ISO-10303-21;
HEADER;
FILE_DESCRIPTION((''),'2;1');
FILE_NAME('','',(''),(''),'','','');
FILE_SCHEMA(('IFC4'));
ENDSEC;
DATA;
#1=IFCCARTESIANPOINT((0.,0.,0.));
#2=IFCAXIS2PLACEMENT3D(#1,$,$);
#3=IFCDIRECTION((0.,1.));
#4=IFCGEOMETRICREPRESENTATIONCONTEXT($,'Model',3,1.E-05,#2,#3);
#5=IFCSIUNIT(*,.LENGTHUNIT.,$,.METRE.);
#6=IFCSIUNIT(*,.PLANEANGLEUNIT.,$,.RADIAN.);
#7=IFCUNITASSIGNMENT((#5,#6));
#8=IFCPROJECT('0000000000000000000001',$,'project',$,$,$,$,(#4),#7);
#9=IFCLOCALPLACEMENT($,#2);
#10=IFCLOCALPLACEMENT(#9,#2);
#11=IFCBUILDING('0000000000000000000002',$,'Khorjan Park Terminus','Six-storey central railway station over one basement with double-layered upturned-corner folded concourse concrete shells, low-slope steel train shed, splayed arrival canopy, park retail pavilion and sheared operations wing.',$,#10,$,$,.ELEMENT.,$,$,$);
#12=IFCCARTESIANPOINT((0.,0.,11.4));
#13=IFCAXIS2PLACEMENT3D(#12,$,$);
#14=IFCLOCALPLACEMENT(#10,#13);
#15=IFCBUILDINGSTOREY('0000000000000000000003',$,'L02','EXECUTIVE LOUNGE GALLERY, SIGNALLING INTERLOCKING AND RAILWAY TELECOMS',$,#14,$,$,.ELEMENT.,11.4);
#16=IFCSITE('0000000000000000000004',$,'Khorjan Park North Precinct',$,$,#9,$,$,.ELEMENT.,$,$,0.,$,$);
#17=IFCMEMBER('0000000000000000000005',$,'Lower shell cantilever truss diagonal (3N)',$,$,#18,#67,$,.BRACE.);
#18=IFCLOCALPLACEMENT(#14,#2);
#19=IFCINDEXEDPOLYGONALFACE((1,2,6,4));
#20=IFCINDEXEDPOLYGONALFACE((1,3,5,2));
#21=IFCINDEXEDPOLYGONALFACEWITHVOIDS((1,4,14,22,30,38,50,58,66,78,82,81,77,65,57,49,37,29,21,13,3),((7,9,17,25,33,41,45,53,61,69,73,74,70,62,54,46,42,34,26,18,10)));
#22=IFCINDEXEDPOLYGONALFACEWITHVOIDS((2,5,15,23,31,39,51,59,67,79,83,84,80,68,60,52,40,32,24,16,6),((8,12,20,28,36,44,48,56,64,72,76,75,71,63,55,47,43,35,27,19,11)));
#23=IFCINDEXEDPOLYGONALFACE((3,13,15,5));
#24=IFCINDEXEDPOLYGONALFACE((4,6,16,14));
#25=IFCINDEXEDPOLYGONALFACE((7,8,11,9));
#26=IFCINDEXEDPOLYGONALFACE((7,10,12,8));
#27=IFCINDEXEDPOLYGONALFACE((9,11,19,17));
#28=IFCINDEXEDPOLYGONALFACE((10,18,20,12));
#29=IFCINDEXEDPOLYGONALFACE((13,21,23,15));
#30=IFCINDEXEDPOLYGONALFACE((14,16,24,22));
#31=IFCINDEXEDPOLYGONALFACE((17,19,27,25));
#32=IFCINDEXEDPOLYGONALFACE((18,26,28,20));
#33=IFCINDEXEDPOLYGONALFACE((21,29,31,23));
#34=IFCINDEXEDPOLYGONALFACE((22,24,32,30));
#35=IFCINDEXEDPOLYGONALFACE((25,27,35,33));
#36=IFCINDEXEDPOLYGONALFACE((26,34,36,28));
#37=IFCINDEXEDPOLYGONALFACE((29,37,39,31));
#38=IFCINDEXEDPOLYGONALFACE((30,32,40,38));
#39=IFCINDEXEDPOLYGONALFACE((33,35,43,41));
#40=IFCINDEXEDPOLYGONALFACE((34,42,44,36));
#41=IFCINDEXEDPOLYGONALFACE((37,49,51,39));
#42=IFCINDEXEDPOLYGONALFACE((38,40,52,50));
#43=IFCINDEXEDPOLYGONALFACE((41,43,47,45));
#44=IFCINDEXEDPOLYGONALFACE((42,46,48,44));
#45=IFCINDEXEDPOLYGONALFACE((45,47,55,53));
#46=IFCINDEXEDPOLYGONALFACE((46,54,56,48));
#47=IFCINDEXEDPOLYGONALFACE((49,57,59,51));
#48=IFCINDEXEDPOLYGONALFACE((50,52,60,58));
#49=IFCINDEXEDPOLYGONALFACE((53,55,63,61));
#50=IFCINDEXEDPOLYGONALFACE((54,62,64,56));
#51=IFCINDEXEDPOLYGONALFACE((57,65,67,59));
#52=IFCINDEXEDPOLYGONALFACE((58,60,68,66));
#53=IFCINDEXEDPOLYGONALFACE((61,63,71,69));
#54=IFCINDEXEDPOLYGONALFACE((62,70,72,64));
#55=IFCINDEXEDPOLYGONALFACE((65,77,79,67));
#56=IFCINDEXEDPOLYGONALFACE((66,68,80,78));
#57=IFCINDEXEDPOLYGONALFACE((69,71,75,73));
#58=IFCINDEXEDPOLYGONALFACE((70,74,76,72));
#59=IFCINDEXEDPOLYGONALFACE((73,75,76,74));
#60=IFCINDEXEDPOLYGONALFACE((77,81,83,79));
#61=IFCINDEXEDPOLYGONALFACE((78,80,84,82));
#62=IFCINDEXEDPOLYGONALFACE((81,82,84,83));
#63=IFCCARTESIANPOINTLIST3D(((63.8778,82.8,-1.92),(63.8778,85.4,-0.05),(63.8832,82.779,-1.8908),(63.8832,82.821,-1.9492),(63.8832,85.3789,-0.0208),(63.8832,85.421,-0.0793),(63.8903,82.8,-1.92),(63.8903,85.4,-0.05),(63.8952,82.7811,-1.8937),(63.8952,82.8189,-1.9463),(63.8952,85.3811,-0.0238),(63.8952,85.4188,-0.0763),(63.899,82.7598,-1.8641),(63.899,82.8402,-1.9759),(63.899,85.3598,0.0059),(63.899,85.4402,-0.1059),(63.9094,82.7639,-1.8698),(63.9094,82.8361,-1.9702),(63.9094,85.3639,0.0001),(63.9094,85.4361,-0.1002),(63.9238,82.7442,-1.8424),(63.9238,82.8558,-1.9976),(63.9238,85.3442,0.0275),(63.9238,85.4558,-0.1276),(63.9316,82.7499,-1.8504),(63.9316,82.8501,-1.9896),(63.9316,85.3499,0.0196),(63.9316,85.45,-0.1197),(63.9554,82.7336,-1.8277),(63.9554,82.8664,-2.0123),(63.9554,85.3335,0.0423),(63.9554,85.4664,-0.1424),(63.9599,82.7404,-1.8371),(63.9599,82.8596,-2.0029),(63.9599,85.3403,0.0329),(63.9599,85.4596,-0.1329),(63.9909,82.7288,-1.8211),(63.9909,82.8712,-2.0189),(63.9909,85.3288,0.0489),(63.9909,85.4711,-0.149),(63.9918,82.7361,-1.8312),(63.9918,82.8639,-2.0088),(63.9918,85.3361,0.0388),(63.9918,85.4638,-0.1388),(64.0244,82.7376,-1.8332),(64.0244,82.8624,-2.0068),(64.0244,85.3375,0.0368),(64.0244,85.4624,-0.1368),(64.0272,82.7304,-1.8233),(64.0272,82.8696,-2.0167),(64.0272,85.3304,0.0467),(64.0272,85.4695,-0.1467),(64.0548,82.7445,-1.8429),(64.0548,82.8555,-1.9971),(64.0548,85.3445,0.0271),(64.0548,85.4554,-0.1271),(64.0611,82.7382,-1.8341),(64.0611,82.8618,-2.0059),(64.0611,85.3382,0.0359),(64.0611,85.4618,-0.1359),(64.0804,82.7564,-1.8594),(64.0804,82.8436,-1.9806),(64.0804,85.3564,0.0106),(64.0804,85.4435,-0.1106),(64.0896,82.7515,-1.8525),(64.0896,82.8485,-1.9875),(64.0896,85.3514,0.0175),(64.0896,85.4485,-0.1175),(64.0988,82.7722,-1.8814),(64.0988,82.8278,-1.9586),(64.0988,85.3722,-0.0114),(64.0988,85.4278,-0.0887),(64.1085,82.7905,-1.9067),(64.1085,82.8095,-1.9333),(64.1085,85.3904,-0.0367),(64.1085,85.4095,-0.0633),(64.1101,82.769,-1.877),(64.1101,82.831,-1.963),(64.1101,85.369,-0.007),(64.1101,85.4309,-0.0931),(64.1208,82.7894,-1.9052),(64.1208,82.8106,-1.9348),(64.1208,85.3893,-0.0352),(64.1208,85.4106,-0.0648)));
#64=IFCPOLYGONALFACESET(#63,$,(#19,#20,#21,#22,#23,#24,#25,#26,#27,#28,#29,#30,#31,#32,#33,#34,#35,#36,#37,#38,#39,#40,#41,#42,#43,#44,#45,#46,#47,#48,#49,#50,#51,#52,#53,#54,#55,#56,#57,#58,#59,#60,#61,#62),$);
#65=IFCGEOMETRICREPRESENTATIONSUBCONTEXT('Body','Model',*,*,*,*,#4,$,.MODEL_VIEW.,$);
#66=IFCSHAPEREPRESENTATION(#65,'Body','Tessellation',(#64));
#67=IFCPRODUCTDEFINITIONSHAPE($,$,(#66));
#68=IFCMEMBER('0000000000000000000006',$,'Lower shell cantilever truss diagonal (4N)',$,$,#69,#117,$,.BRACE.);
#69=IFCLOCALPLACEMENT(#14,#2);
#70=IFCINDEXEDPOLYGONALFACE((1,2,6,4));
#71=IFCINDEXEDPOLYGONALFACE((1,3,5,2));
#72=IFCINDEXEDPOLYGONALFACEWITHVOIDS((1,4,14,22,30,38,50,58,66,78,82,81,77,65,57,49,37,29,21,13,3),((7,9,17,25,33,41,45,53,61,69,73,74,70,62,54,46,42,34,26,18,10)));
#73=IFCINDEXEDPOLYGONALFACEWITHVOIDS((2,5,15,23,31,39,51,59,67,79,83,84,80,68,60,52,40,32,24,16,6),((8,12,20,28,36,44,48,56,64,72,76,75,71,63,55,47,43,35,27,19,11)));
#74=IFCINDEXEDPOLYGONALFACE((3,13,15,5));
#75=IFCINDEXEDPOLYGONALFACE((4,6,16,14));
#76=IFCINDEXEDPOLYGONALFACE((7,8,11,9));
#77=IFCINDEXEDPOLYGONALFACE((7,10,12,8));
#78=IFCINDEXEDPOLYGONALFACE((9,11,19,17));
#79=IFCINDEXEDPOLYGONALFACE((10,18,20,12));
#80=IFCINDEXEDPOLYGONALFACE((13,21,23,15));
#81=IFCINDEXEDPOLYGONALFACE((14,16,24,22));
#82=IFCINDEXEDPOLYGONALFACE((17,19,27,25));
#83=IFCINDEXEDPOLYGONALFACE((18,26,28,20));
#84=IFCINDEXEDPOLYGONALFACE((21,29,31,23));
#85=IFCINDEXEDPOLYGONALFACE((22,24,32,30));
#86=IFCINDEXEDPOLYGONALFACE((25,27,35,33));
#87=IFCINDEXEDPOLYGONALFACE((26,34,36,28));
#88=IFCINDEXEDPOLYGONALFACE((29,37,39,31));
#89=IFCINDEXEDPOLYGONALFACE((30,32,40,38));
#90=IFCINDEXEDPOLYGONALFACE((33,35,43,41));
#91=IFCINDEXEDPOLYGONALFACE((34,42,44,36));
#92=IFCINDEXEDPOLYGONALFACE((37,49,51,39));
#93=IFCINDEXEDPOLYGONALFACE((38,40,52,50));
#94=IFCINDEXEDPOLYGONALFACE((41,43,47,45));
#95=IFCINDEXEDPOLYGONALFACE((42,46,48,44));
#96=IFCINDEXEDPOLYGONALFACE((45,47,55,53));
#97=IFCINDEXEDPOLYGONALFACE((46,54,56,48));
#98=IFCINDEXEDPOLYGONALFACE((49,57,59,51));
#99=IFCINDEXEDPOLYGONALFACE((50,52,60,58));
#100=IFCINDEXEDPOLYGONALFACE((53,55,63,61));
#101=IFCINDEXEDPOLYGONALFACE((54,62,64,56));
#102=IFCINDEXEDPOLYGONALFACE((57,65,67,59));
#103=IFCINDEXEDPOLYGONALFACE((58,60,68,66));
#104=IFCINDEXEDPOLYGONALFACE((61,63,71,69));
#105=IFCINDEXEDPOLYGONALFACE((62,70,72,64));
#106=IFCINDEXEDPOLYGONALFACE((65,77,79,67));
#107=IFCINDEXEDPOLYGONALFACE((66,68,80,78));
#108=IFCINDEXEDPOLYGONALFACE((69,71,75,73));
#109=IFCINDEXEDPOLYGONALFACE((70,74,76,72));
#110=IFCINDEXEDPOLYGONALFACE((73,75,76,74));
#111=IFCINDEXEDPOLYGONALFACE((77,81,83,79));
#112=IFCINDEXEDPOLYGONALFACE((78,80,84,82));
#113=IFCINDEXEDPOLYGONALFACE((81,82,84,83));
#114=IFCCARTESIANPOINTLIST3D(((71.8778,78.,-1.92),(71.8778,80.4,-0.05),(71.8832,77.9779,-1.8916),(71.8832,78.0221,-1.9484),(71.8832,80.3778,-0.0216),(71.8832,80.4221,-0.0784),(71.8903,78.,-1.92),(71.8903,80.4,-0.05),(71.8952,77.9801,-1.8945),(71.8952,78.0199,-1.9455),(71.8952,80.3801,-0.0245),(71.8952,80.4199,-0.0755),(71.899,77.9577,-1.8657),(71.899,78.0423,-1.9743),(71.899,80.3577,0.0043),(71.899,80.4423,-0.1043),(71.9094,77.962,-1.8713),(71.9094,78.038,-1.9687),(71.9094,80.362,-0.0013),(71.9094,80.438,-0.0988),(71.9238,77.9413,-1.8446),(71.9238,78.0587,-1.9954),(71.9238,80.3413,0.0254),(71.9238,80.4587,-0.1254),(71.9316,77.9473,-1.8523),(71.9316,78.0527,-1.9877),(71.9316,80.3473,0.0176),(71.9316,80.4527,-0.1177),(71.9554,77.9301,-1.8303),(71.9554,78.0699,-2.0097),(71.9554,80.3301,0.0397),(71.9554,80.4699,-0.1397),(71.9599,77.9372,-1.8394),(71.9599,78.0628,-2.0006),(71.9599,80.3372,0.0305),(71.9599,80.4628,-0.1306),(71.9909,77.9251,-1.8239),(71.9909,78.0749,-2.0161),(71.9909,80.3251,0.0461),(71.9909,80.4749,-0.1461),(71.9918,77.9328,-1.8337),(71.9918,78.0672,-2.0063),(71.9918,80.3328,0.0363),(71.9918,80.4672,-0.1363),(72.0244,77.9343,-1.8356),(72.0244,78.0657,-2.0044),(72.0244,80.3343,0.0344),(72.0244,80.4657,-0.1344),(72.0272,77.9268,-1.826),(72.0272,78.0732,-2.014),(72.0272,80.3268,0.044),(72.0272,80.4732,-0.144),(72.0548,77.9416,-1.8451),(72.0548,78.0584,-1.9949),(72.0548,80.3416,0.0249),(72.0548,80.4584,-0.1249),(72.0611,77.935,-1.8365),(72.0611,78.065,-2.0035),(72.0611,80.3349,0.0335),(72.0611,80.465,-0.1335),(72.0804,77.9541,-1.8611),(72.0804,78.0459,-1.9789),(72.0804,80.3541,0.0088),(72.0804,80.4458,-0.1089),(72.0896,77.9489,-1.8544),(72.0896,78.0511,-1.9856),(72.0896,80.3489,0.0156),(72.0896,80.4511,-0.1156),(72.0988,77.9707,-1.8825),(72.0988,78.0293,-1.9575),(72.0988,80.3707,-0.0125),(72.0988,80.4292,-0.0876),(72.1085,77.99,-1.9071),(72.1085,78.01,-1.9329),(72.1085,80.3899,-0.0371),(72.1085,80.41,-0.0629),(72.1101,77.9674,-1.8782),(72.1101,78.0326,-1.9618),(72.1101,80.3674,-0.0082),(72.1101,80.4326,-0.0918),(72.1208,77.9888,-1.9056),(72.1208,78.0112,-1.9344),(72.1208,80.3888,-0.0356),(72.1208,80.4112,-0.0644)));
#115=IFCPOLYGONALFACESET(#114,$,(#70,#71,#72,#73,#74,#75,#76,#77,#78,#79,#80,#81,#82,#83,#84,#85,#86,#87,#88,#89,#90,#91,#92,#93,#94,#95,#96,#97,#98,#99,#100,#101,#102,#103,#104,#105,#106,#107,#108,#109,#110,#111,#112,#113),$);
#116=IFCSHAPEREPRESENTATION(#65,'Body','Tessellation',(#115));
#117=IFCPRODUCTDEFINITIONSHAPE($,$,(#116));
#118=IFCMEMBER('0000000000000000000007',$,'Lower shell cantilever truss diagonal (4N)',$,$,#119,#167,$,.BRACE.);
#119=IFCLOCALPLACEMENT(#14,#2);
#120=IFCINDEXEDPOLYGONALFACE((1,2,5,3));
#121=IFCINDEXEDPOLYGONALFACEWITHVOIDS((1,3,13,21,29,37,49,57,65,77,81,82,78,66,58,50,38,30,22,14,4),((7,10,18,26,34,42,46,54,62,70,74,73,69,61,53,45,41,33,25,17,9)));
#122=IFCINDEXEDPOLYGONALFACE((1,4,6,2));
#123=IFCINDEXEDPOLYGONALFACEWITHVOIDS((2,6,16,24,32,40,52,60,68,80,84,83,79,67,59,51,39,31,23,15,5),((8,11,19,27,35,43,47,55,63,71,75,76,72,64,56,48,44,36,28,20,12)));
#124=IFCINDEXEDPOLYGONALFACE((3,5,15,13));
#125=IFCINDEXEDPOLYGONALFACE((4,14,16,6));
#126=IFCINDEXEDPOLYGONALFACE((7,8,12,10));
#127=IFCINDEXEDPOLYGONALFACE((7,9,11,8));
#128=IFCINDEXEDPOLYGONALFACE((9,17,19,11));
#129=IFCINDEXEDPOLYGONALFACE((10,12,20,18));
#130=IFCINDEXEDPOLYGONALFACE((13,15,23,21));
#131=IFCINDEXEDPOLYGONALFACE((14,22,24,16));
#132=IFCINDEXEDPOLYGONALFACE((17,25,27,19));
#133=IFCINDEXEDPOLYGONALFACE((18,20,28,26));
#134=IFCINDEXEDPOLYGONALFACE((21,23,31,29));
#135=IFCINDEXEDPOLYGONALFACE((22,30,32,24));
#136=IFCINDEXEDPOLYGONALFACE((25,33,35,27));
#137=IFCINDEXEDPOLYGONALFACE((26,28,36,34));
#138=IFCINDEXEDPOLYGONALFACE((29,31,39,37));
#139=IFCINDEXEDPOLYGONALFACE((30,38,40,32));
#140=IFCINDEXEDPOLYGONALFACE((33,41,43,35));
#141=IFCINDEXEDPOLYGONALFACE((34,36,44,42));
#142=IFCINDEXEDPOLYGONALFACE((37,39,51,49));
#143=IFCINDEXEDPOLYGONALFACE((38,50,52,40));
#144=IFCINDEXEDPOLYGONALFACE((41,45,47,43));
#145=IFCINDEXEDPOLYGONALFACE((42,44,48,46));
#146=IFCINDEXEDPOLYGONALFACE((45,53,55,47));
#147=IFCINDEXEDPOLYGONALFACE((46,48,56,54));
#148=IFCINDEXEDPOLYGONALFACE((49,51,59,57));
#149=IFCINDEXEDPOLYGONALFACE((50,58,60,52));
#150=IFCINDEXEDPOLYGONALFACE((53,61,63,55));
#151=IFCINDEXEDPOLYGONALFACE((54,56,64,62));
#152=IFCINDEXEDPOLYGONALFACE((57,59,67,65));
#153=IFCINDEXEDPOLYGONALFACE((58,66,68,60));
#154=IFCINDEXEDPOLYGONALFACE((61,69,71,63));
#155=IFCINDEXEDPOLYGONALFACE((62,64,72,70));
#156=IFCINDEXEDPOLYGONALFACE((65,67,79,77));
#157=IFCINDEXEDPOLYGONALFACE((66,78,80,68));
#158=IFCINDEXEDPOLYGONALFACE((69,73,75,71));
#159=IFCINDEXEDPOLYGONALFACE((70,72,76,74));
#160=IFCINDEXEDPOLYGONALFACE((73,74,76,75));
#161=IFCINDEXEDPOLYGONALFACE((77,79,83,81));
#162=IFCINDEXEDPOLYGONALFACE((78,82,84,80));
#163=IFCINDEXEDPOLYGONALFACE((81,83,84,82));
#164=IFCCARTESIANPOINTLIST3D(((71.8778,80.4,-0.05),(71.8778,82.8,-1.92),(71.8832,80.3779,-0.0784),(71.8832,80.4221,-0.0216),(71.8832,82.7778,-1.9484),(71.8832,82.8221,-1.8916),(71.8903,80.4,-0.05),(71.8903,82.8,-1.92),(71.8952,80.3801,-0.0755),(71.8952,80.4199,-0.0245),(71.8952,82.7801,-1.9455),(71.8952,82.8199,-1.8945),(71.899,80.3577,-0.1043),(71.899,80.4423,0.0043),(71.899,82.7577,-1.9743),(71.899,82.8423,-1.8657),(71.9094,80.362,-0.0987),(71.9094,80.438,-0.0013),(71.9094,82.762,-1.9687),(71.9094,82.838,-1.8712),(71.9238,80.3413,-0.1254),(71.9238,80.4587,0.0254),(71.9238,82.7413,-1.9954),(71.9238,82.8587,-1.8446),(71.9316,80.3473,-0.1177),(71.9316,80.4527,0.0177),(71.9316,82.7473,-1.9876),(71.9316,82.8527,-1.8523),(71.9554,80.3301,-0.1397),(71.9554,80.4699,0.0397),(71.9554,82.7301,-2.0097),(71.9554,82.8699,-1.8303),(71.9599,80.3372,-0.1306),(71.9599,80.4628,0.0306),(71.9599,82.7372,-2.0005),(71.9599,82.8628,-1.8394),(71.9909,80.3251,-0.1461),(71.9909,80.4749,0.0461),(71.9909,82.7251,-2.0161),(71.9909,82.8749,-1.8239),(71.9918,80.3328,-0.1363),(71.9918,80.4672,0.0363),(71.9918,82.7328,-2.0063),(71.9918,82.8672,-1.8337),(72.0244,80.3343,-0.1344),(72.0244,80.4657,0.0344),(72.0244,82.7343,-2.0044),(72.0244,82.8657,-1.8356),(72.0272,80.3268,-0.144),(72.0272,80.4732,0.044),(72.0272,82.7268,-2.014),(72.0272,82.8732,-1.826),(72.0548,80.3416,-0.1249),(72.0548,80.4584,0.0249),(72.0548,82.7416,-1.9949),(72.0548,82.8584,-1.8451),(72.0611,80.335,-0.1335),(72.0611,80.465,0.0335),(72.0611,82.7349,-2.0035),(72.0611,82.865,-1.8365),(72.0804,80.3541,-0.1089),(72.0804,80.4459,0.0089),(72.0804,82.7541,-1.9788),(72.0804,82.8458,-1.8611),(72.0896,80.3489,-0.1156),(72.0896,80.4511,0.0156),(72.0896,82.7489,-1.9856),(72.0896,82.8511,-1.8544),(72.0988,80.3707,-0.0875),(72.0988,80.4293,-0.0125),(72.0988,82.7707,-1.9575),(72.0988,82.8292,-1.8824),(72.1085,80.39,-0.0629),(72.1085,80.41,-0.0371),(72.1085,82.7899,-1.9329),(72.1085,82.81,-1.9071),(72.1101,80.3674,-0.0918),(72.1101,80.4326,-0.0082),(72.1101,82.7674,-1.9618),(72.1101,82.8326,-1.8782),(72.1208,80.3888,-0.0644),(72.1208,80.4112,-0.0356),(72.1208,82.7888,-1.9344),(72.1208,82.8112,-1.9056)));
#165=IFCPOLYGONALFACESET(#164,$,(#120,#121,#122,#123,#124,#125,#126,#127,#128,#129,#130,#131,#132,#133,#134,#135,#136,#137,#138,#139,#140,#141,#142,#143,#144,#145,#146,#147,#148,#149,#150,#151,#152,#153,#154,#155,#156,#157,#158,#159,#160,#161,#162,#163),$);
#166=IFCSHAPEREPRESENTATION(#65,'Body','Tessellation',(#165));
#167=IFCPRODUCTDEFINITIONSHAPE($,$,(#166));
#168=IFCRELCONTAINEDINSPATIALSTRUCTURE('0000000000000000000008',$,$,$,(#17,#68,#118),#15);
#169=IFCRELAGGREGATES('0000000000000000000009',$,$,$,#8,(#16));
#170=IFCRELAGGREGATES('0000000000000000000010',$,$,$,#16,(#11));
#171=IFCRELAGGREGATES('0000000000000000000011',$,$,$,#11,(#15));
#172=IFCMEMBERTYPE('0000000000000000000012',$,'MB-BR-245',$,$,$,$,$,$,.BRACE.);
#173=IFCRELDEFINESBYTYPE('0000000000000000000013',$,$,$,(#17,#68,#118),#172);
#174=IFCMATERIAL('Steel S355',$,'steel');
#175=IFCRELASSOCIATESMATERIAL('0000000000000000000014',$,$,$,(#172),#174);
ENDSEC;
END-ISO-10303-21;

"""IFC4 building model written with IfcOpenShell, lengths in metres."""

from ifc_helpers import new_model, si_unit, direction, frame, origin, origin_2d, place, context, subcontext, project, spatial, hollow_circle, extrude, material, material_profile, profile_set, type_object, element, save


model = new_model("IFC4")

# Units and contexts
model_context = context("Model", 3, precision=1e-05, world=origin(), true_north=direction((0.0, 1.0)))
body_context = subcontext(model_context, "Body", "Model", "MODEL_VIEW")
ifc_project = project(units=[si_unit("LENGTHUNIT", "METRE"), si_unit("PLANEANGLEUNIT", "RADIAN")], contexts=[model_context])

# Site, building, storey
site_placement = place(None, origin())
site = spatial("IfcSite", under=ifc_project, at=site_placement, Name="Khorjan Park North Precinct", CompositionType="ELEMENT", RefElevation=0.0)
building_placement = place(site_placement, origin())
building = spatial("IfcBuilding", under=site, at=building_placement, Name="Khorjan Park Terminus", Description="Six-storey central railway station over one basement with double-layered upturned-corner folded concourse concrete shells, low-slope steel train shed, splayed arrival canopy, park retail pavilion and sheared operations wing.", CompositionType="ELEMENT")
storey_placement = place(building_placement, frame((0.0, 0.0, 11.4)))
storey = spatial("IfcBuildingStorey", under=building, at=storey_placement, Name="L02", Description="EXECUTIVE LOUNGE GALLERY, SIGNALLING INTERLOCKING AND RAILWAY TELECOMS", CompositionType="ELEMENT", Elevation=11.4)

# Shared definitions
ifc_material_1 = material(Name="Steel S355", Category="steel")

# Members
ifc_material_profile_1 = material_profile(ifc_material_1, hollow_circle(Radius=0.1222, WallThickness=0.0125, at=origin_2d()), Name="CHS 244.5x12.5")
ifc_profile_set_1 = profile_set([ifc_material_profile_1], Name="Steel S355")
member_type_1 = type_object("IfcMemberType", Name="MB-BR-245", PredefinedType="BRACE", material=ifc_profile_set_1)
member_1_placement = place(storey_placement, frame((64.0, 82.8, -1.92), z_axis=(0.0, 0.81183, 0.583893), x_axis=(-1.0, 0.0, 0.0)))
element("IfcMember", 1, at=member_1_placement, inside=storey, type_object=member_type_1, Name="Lower shell cantilever truss diagonal (3N)", PredefinedType="BRACE", context=body_context, shape_type="SweptSolid", body=[
    extrude(hollow_circle(Radius=0.1222, WallThickness=0.0125, at=origin_2d()), origin(), (0.0, 0.0, 1.0), 3.2026),
])
for number, where, z_axis, x_axis, name in (
    (2, (72.0, 78.0, -1.92), (0.0, 0.788821, 0.614623), (-1.0, 0.0, 0.0), "Lower shell cantilever truss diagonal (4N)"),
    (3, (72.0, 80.4, -0.05), (0.0, 0.788821, -0.614623), (-1.0, 0.0, 0.0), "Lower shell cantilever truss diagonal (4N)"),
):
    element("IfcMember", number, at=place(storey_placement, frame(where, z_axis=z_axis, x_axis=x_axis)), inside=storey, type_object=member_type_1, Name=name, PredefinedType="BRACE", context=body_context, shape_type="SweptSolid", body=[
        extrude(hollow_circle(Radius=0.1222, WallThickness=0.0125, at=origin_2d()), origin(), (0.0, 0.0, 1.0), 3.0425),
    ])

save(model, "model.ifc")
